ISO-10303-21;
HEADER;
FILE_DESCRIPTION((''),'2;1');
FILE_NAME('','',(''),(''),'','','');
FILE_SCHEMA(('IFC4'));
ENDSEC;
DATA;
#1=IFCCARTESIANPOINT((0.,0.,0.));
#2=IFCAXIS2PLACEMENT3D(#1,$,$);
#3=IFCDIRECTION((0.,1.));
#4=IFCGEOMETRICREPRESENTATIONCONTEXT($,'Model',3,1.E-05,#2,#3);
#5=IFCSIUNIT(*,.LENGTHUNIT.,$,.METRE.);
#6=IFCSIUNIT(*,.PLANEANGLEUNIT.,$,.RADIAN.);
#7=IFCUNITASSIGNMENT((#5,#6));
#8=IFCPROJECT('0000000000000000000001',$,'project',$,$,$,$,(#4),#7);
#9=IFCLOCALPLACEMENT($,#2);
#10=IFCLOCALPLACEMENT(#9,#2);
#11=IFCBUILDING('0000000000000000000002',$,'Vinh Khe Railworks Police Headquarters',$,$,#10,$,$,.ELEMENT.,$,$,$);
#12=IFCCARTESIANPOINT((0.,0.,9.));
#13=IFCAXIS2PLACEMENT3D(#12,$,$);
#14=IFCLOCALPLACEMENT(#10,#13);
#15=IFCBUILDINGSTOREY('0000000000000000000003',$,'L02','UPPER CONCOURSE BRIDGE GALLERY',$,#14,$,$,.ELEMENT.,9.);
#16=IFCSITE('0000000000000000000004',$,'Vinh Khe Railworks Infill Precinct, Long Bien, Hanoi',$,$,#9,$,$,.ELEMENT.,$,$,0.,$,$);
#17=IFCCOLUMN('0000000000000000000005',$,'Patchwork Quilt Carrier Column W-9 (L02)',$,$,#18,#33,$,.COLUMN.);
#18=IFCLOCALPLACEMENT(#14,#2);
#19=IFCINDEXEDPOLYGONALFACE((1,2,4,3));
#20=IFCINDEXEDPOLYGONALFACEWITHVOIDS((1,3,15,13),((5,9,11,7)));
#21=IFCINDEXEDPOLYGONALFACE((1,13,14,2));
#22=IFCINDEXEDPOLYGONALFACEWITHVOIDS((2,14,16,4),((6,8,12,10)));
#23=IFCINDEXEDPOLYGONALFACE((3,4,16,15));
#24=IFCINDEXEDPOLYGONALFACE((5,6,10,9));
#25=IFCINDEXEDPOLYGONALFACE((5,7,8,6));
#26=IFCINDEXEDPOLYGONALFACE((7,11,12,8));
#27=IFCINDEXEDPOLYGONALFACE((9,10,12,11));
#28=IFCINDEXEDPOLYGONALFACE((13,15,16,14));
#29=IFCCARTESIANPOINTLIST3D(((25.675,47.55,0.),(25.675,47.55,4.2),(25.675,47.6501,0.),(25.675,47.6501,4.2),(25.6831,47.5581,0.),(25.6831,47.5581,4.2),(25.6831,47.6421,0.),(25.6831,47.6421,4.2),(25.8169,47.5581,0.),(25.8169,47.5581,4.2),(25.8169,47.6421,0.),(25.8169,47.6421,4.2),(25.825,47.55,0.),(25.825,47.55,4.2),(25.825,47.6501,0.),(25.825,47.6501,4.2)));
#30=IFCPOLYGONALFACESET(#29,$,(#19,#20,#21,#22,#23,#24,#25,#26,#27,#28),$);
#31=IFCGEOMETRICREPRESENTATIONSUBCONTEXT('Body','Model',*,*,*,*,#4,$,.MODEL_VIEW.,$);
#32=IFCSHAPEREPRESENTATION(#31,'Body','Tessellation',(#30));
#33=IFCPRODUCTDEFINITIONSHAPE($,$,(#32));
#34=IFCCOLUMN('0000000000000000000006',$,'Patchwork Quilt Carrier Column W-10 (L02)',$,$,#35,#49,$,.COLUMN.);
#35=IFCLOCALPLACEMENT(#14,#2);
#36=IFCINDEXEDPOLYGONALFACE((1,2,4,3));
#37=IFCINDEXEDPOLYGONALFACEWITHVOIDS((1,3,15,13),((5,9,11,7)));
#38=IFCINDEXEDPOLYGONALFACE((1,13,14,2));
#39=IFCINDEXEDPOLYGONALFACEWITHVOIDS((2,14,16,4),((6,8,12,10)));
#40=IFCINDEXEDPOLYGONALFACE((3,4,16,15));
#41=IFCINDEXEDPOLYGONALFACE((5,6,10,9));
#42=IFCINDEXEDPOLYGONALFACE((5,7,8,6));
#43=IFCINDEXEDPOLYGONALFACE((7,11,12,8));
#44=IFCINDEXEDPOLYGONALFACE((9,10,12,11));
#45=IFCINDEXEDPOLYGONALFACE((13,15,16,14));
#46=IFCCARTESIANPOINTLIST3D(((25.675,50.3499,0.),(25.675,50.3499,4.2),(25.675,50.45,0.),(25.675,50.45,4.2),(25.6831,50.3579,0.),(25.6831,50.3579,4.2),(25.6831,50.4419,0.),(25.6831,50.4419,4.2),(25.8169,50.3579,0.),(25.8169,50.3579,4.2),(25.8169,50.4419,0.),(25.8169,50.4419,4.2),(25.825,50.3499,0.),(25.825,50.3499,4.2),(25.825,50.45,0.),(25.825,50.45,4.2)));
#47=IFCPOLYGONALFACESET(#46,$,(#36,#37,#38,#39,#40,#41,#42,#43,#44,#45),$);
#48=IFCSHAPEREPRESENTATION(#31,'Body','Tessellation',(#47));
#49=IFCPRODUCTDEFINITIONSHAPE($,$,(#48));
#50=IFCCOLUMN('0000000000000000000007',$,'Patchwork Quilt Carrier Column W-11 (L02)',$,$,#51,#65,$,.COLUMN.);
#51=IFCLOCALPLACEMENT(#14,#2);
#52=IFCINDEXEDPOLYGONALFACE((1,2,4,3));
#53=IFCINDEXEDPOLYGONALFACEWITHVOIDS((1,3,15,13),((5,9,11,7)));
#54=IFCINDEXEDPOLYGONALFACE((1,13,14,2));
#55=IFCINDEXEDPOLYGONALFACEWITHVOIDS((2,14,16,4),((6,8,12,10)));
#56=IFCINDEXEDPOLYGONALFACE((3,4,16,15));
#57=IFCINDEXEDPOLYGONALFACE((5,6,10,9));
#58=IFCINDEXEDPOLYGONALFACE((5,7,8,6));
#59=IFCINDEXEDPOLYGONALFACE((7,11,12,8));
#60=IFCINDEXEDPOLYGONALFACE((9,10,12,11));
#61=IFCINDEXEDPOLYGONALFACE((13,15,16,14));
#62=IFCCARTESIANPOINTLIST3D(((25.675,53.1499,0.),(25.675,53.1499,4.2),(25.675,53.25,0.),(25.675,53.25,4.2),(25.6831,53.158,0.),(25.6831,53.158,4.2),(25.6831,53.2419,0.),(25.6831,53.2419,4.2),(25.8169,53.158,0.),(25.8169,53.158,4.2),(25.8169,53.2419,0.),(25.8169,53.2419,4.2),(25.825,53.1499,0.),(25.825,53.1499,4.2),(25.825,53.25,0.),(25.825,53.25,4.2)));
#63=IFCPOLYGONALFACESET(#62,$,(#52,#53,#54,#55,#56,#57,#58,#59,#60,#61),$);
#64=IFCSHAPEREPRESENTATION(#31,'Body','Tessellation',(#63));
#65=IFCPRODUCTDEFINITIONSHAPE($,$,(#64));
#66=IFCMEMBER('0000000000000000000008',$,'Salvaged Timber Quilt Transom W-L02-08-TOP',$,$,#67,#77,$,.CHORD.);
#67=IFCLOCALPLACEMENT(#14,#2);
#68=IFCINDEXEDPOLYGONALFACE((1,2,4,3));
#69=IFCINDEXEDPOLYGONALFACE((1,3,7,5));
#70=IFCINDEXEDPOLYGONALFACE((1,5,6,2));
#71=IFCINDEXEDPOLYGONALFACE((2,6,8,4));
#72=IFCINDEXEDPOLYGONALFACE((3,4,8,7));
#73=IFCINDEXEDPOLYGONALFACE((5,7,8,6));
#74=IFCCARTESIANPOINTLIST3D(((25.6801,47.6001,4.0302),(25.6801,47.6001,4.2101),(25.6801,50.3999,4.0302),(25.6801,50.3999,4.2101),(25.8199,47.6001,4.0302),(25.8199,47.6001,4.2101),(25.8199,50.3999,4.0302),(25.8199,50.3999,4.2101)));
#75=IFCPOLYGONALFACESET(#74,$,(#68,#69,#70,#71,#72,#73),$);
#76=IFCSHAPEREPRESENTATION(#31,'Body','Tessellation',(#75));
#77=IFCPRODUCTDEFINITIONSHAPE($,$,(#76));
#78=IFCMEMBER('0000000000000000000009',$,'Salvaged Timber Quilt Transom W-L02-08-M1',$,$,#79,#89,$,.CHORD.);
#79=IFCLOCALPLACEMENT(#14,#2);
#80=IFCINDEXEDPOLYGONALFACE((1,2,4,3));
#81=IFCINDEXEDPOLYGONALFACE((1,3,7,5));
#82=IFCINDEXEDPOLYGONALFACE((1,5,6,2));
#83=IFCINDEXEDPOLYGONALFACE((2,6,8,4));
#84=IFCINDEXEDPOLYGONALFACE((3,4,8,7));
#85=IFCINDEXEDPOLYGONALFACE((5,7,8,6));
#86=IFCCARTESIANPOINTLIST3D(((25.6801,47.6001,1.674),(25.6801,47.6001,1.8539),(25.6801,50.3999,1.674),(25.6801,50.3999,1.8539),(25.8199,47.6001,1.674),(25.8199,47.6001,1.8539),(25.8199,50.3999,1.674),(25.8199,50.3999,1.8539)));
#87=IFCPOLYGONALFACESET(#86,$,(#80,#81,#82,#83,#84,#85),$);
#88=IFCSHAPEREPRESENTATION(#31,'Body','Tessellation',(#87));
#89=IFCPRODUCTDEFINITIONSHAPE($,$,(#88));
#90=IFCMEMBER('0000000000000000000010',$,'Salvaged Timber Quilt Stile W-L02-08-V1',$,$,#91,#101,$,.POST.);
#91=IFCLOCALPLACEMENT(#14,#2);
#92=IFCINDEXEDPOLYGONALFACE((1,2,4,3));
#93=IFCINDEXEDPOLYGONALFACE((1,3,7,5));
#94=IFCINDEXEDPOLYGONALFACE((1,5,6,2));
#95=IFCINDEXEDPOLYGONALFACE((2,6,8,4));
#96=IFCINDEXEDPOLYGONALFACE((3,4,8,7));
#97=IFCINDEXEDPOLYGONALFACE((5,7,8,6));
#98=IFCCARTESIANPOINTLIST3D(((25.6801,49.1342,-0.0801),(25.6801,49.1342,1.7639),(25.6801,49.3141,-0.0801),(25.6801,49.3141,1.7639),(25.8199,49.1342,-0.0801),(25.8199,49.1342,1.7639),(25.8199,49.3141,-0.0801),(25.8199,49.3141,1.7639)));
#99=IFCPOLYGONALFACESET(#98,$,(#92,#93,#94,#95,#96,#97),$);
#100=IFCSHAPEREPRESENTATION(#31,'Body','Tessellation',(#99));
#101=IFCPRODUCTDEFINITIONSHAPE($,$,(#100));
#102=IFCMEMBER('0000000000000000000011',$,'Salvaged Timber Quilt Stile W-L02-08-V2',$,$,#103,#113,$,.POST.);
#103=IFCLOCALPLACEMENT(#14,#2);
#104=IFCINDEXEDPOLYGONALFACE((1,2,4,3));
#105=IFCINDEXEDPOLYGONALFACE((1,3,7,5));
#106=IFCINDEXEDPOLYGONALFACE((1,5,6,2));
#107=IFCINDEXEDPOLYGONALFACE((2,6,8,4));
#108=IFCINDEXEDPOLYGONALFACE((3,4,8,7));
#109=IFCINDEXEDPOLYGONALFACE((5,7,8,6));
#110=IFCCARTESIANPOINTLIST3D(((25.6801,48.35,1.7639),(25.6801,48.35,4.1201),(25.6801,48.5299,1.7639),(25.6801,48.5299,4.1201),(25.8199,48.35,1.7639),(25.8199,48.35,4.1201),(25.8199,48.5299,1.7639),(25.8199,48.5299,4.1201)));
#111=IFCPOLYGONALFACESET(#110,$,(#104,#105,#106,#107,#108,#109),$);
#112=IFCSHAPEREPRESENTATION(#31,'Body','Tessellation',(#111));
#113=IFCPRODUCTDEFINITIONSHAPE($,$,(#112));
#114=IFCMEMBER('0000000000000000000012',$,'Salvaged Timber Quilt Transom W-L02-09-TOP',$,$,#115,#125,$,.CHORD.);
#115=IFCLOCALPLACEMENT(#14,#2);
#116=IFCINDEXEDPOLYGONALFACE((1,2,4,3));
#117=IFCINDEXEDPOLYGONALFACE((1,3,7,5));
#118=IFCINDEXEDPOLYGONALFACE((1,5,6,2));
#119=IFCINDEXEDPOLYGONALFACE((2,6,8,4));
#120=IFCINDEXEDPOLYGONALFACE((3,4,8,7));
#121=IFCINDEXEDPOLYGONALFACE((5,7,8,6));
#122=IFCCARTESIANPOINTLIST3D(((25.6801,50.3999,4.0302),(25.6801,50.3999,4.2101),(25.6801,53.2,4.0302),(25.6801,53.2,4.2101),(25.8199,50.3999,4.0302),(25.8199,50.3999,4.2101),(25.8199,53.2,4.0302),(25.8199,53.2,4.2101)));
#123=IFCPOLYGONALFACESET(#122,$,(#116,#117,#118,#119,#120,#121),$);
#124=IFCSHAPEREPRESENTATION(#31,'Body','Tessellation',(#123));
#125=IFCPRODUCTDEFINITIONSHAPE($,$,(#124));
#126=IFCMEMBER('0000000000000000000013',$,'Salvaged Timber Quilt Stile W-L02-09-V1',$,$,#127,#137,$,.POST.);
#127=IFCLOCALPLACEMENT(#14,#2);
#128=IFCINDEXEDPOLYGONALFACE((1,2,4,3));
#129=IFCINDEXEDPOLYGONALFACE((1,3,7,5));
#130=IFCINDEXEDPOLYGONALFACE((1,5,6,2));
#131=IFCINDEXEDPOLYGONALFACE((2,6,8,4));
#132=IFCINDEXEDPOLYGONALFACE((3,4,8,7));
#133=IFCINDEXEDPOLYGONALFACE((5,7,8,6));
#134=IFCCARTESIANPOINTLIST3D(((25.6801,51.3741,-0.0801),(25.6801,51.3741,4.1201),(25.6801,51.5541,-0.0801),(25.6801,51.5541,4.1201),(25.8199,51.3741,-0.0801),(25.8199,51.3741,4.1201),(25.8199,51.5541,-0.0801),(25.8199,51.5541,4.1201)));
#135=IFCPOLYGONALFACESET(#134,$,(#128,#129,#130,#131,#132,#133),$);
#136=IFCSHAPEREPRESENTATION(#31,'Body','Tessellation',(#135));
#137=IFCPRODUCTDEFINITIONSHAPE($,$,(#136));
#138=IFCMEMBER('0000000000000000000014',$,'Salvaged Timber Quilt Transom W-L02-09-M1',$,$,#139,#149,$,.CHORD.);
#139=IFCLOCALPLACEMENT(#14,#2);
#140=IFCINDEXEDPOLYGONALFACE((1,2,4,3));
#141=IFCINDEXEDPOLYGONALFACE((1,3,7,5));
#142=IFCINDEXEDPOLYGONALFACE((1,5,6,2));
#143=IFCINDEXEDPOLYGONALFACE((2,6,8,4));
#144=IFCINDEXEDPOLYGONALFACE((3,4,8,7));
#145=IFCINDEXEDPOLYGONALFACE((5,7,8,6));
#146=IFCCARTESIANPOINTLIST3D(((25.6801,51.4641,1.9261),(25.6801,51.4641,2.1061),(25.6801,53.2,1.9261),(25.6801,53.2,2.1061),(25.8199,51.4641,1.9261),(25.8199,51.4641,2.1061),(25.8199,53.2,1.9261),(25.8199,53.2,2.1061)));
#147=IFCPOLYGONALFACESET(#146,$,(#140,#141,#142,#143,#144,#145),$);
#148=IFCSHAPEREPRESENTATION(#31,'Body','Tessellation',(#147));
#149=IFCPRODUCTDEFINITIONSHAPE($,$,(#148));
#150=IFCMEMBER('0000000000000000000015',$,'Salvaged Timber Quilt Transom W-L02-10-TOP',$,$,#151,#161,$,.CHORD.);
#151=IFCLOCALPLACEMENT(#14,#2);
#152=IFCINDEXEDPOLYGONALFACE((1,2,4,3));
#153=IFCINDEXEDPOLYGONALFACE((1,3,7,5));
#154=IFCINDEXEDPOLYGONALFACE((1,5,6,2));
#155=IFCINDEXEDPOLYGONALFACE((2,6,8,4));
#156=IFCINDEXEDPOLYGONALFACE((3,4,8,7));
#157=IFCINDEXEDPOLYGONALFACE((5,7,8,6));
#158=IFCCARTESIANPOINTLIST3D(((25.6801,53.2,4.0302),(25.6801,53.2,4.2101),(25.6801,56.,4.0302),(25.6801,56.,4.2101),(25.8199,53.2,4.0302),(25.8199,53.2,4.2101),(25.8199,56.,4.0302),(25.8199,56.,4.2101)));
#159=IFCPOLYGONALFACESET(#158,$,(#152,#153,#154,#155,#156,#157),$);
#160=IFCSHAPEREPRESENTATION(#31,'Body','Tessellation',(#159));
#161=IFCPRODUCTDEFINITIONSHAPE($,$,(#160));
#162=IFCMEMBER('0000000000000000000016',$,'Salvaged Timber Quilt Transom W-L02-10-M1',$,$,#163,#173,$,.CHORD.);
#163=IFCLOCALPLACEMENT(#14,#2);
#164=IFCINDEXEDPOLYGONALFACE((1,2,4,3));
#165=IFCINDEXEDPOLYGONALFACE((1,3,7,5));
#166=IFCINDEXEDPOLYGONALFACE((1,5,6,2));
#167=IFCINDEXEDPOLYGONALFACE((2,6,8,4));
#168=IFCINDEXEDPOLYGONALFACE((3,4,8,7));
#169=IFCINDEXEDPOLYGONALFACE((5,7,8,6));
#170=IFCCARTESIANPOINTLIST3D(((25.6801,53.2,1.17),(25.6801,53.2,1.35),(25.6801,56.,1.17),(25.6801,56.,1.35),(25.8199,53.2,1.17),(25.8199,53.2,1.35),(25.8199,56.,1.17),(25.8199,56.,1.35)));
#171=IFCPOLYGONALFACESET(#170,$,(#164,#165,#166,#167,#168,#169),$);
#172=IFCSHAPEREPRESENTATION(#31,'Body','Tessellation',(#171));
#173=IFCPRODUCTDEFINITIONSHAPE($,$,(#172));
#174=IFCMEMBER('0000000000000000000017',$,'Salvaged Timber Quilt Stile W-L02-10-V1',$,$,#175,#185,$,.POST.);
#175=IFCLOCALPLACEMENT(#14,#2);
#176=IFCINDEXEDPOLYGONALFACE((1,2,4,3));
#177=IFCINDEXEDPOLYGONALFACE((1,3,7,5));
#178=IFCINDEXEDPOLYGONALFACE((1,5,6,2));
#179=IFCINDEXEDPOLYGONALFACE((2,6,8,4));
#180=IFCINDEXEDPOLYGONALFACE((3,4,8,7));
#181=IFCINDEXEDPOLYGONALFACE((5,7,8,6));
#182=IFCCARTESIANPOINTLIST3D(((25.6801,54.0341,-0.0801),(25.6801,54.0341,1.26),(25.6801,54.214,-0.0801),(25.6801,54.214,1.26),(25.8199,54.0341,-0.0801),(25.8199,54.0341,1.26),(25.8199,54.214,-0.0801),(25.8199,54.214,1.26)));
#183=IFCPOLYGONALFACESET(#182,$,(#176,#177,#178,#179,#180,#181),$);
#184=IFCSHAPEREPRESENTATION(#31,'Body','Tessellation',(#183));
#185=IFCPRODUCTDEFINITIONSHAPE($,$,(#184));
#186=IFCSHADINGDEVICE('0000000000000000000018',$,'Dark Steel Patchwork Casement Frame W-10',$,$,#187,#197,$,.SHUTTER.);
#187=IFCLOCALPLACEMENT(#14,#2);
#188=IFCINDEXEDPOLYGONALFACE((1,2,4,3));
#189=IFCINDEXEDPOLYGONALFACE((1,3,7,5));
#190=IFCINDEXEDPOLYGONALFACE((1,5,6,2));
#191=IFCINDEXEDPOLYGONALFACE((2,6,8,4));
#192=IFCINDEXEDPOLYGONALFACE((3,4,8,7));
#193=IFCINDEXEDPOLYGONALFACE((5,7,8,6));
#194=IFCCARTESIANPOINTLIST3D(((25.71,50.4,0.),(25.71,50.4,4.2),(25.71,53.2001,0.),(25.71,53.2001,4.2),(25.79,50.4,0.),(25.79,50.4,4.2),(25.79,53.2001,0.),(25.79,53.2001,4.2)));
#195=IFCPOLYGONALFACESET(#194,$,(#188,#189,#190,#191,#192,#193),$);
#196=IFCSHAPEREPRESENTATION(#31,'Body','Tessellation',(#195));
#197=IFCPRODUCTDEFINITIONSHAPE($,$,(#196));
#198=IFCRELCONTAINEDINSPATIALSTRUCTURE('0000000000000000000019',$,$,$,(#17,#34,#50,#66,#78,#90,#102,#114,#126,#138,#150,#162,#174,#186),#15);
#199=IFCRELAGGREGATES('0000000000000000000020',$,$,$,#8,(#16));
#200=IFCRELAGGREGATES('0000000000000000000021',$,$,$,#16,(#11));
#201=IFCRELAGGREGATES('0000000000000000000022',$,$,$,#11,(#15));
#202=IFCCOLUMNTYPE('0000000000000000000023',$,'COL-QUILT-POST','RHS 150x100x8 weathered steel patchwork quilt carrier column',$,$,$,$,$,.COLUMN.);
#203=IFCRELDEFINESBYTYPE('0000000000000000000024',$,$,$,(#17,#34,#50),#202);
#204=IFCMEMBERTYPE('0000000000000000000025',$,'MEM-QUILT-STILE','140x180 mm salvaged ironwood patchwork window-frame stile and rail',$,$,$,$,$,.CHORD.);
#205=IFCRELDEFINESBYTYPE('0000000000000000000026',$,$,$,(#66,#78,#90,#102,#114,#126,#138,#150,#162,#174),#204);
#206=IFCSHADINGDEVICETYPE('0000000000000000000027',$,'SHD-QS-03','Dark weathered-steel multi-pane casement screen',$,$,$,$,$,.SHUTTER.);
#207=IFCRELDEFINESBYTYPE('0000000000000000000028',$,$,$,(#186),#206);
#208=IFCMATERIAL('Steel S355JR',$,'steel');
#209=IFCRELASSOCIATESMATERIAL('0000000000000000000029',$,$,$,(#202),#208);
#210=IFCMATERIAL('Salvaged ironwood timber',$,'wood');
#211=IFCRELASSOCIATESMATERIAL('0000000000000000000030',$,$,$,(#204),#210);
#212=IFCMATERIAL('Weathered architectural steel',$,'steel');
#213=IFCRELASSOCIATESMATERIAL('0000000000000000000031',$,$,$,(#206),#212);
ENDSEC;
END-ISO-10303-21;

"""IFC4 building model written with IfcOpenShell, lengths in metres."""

from ifc_helpers import new_model, si_unit, direction, frame, origin, origin_2d, place, context, subcontext, project, spatial, rectangle, hollow_rectangle, extrude, material, material_profile, profile_set, type_object, element, save


model = new_model("IFC4")

# Units and contexts
model_context = context("Model", 3, precision=1e-05, world=origin(), true_north=direction((0.0, 1.0)))
body_context = subcontext(model_context, "Body", "Model", "MODEL_VIEW")
ifc_project = project(units=[si_unit("LENGTHUNIT", "METRE"), si_unit("PLANEANGLEUNIT", "RADIAN")], contexts=[model_context])

# Site, building, storey
site_placement = place(None, origin())
site = spatial("IfcSite", under=ifc_project, at=site_placement, Name="Vinh Khe Railworks Infill Precinct, Long Bien, Hanoi", CompositionType="ELEMENT", RefElevation=0.0)
building_placement = place(site_placement, origin())
building = spatial("IfcBuilding", under=site, at=building_placement, Name="Vinh Khe Railworks Police Headquarters", CompositionType="ELEMENT")
storey_placement = place(building_placement, frame((0.0, 0.0, 9.0)))
storey = spatial("IfcBuildingStorey", under=building, at=storey_placement, Name="L02", Description="UPPER CONCOURSE BRIDGE GALLERY", CompositionType="ELEMENT", Elevation=9.0)

# Columns
ifc_material_1 = material(Name="Steel S355JR", Category="steel")
ifc_material_profile_1 = material_profile(ifc_material_1, hollow_rectangle(XDim=0.1499, YDim=0.1001, WallThickness=0.0081, at=origin_2d()), Name="RHS 150x100x8")
ifc_profile_set_1 = profile_set([ifc_material_profile_1], Name="Steel S355JR")
column_type = type_object("IfcColumnType", Name="COL-QUILT-POST", Description="RHS 150x100x8 weathered steel patchwork quilt carrier column", PredefinedType="COLUMN", material=ifc_profile_set_1)
for number, where, z_axis, x_axis, name in (
    (1, (25.75, 47.6001, 0.0), (0.0, 0.0, 1.0), (1.0, 0.0, 0.0), "Patchwork Quilt Carrier Column W-9 (L02)"),
    (2, (25.75, 50.3999, 0.0), (0.0, 0.0, 1.0), (1.0, 0.0, 0.0), "Patchwork Quilt Carrier Column W-10 (L02)"),
    (3, (25.75, 53.2, 0.0), (0.0, 0.0, 1.0), (1.0, 0.0, 0.0), "Patchwork Quilt Carrier Column W-11 (L02)"),
):
    element("IfcColumn", number, at=place(storey_placement, frame(where, z_axis=z_axis, x_axis=x_axis)), inside=storey, type_object=column_type, Name=name, PredefinedType="COLUMN", context=body_context, shape_type="SweptSolid", body=[
        extrude(hollow_rectangle(XDim=0.1499, YDim=0.1001, WallThickness=0.0081, at=origin_2d()), origin(), (0.0, 0.0, 1.0), 4.2),
    ])

# Members
ifc_material_2 = material(Name="Salvaged ironwood timber", Category="wood")
ifc_material_profile_2 = material_profile(ifc_material_2, rectangle(XDim=0.1399, YDim=0.1799, at=origin_2d()), Name="TIMBER 140x180")
ifc_profile_set_2 = profile_set([ifc_material_profile_2], Name="Salvaged ironwood timber")
member_type = type_object("IfcMemberType", Name="MEM-QUILT-STILE", Description="140x180 mm salvaged ironwood patchwork window-frame stile and rail", PredefinedType="CHORD", material=ifc_profile_set_2)
for number, where, z_axis, x_axis, name in (
    (4, (25.75, 47.6001, 4.1201), (0.0, 1.0, 0.0), (-1.0, 0.0, 0.0), "Salvaged Timber Quilt Transom W-L02-08-TOP"),
    (5, (25.75, 47.6001, 1.7639), (0.0, 1.0, 0.0), (-1.0, 0.0, 0.0), "Salvaged Timber Quilt Transom W-L02-08-M1"),
):
    element("IfcMember", number, at=place(storey_placement, frame(where, z_axis=z_axis, x_axis=x_axis)), inside=storey, type_object=member_type, Name=name, PredefinedType="CHORD", context=body_context, shape_type="SweptSolid", body=[
        extrude(rectangle(XDim=0.1399, YDim=0.1799, at=origin_2d()), origin(), (0.0, 0.0, 1.0), 2.7998),
    ])
member_1_placement = place(storey_placement, frame((25.75, 49.2241, -0.0801), z_axis=(0.0, 0.0, 1.0), x_axis=(1.0, 0.0, 0.0)))
element("IfcMember", 6, at=member_1_placement, inside=storey, type_object=member_type, Name="Salvaged Timber Quilt Stile W-L02-08-V1", PredefinedType="POST", context=body_context, shape_type="SweptSolid", body=[
    extrude(rectangle(XDim=0.1399, YDim=0.1799, at=origin_2d()), origin(), (0.0, 0.0, 1.0), 1.844),
])
member_2_placement = place(storey_placement, frame((25.75, 48.4399, 1.7639), z_axis=(0.0, 0.0, 1.0), x_axis=(1.0, 0.0, 0.0)))
element("IfcMember", 7, at=member_2_placement, inside=storey, type_object=member_type, Name="Salvaged Timber Quilt Stile W-L02-08-V2", PredefinedType="POST", context=body_context, shape_type="SweptSolid", body=[
    extrude(rectangle(XDim=0.1399, YDim=0.1799, at=origin_2d()), origin(), (0.0, 0.0, 1.0), 2.3562),
])
member_3_placement = place(storey_placement, frame((25.75, 50.3999, 4.1201), z_axis=(0.0, 1.0, 0.0), x_axis=(-1.0, 0.0, 0.0)))
element("IfcMember", 8, at=member_3_placement, inside=storey, type_object=member_type, Name="Salvaged Timber Quilt Transom W-L02-09-TOP", PredefinedType="CHORD", context=body_context, shape_type="SweptSolid", body=[
    extrude(rectangle(XDim=0.1399, YDim=0.1799, at=origin_2d()), origin(), (0.0, 0.0, 1.0), 2.8),
])
member_4_placement = place(storey_placement, frame((25.75, 51.4641, -0.0801), z_axis=(0.0, 0.0, 1.0), x_axis=(1.0, 0.0, 0.0)))
element("IfcMember", 9, at=member_4_placement, inside=storey, type_object=member_type, Name="Salvaged Timber Quilt Stile W-L02-09-V1", PredefinedType="POST", context=body_context, shape_type="SweptSolid", body=[
    extrude(rectangle(XDim=0.1399, YDim=0.1799, at=origin_2d()), origin(), (0.0, 0.0, 1.0), 4.2002),
])
member_5_placement = place(storey_placement, frame((25.75, 51.4641, 2.0161), z_axis=(0.0, 1.0, 0.0), x_axis=(-1.0, 0.0, 0.0)))
element("IfcMember", 10, at=member_5_placement, inside=storey, type_object=member_type, Name="Salvaged Timber Quilt Transom W-L02-09-M1", PredefinedType="CHORD", context=body_context, shape_type="SweptSolid", body=[
    extrude(rectangle(XDim=0.1399, YDim=0.1799, at=origin_2d()), origin(), (0.0, 0.0, 1.0), 1.7358),
])
for number, where, z_axis, x_axis, name in (
    (11, (25.75, 53.2, 4.1201), (0.0, 1.0, 0.0), (-1.0, 0.0, 0.0), "Salvaged Timber Quilt Transom W-L02-10-TOP"),
    (12, (25.75, 53.2, 1.26), (0.0, 1.0, 0.0), (-1.0, 0.0, 0.0), "Salvaged Timber Quilt Transom W-L02-10-M1"),
):
    element("IfcMember", number, at=place(storey_placement, frame(where, z_axis=z_axis, x_axis=x_axis)), inside=storey, type_object=member_type, Name=name, PredefinedType="CHORD", context=body_context, shape_type="SweptSolid", body=[
        extrude(rectangle(XDim=0.1399, YDim=0.1799, at=origin_2d()), origin(), (0.0, 0.0, 1.0), 2.8),
    ])
member_6_placement = place(storey_placement, frame((25.75, 54.124, -0.0801), z_axis=(0.0, 0.0, 1.0), x_axis=(1.0, 0.0, 0.0)))
element("IfcMember", 13, at=member_6_placement, inside=storey, type_object=member_type, Name="Salvaged Timber Quilt Stile W-L02-10-V1", PredefinedType="POST", context=body_context, shape_type="SweptSolid", body=[
    extrude(rectangle(XDim=0.1399, YDim=0.1799, at=origin_2d()), origin(), (0.0, 0.0, 1.0), 1.3401),
])

# Shading device
ifc_material_3 = material(Name="Weathered architectural steel", Category="steel")
shading_device_type_1 = type_object("IfcShadingDeviceType", Name="SHD-QS-03", Description="Dark weathered-steel multi-pane casement screen", PredefinedType="SHUTTER", material=ifc_material_3)
shading_device_1_placement = place(storey_placement, frame((25.75, 51.8, 0.0), z_axis=(0.0, 0.0, 1.0), x_axis=(0.0, 1.0, 0.0)))
element("IfcShadingDevice", 14, at=shading_device_1_placement, inside=storey, type_object=shading_device_type_1, Name="Dark Steel Patchwork Casement Frame W-10", PredefinedType="SHUTTER", context=body_context, shape_type="SweptSolid", body=[
    extrude(rectangle(XDim=2.8, YDim=0.0801, at=origin_2d()), origin(), (0.0, 0.0, 1.0), 4.2),
])

save(model, "model.ifc")
